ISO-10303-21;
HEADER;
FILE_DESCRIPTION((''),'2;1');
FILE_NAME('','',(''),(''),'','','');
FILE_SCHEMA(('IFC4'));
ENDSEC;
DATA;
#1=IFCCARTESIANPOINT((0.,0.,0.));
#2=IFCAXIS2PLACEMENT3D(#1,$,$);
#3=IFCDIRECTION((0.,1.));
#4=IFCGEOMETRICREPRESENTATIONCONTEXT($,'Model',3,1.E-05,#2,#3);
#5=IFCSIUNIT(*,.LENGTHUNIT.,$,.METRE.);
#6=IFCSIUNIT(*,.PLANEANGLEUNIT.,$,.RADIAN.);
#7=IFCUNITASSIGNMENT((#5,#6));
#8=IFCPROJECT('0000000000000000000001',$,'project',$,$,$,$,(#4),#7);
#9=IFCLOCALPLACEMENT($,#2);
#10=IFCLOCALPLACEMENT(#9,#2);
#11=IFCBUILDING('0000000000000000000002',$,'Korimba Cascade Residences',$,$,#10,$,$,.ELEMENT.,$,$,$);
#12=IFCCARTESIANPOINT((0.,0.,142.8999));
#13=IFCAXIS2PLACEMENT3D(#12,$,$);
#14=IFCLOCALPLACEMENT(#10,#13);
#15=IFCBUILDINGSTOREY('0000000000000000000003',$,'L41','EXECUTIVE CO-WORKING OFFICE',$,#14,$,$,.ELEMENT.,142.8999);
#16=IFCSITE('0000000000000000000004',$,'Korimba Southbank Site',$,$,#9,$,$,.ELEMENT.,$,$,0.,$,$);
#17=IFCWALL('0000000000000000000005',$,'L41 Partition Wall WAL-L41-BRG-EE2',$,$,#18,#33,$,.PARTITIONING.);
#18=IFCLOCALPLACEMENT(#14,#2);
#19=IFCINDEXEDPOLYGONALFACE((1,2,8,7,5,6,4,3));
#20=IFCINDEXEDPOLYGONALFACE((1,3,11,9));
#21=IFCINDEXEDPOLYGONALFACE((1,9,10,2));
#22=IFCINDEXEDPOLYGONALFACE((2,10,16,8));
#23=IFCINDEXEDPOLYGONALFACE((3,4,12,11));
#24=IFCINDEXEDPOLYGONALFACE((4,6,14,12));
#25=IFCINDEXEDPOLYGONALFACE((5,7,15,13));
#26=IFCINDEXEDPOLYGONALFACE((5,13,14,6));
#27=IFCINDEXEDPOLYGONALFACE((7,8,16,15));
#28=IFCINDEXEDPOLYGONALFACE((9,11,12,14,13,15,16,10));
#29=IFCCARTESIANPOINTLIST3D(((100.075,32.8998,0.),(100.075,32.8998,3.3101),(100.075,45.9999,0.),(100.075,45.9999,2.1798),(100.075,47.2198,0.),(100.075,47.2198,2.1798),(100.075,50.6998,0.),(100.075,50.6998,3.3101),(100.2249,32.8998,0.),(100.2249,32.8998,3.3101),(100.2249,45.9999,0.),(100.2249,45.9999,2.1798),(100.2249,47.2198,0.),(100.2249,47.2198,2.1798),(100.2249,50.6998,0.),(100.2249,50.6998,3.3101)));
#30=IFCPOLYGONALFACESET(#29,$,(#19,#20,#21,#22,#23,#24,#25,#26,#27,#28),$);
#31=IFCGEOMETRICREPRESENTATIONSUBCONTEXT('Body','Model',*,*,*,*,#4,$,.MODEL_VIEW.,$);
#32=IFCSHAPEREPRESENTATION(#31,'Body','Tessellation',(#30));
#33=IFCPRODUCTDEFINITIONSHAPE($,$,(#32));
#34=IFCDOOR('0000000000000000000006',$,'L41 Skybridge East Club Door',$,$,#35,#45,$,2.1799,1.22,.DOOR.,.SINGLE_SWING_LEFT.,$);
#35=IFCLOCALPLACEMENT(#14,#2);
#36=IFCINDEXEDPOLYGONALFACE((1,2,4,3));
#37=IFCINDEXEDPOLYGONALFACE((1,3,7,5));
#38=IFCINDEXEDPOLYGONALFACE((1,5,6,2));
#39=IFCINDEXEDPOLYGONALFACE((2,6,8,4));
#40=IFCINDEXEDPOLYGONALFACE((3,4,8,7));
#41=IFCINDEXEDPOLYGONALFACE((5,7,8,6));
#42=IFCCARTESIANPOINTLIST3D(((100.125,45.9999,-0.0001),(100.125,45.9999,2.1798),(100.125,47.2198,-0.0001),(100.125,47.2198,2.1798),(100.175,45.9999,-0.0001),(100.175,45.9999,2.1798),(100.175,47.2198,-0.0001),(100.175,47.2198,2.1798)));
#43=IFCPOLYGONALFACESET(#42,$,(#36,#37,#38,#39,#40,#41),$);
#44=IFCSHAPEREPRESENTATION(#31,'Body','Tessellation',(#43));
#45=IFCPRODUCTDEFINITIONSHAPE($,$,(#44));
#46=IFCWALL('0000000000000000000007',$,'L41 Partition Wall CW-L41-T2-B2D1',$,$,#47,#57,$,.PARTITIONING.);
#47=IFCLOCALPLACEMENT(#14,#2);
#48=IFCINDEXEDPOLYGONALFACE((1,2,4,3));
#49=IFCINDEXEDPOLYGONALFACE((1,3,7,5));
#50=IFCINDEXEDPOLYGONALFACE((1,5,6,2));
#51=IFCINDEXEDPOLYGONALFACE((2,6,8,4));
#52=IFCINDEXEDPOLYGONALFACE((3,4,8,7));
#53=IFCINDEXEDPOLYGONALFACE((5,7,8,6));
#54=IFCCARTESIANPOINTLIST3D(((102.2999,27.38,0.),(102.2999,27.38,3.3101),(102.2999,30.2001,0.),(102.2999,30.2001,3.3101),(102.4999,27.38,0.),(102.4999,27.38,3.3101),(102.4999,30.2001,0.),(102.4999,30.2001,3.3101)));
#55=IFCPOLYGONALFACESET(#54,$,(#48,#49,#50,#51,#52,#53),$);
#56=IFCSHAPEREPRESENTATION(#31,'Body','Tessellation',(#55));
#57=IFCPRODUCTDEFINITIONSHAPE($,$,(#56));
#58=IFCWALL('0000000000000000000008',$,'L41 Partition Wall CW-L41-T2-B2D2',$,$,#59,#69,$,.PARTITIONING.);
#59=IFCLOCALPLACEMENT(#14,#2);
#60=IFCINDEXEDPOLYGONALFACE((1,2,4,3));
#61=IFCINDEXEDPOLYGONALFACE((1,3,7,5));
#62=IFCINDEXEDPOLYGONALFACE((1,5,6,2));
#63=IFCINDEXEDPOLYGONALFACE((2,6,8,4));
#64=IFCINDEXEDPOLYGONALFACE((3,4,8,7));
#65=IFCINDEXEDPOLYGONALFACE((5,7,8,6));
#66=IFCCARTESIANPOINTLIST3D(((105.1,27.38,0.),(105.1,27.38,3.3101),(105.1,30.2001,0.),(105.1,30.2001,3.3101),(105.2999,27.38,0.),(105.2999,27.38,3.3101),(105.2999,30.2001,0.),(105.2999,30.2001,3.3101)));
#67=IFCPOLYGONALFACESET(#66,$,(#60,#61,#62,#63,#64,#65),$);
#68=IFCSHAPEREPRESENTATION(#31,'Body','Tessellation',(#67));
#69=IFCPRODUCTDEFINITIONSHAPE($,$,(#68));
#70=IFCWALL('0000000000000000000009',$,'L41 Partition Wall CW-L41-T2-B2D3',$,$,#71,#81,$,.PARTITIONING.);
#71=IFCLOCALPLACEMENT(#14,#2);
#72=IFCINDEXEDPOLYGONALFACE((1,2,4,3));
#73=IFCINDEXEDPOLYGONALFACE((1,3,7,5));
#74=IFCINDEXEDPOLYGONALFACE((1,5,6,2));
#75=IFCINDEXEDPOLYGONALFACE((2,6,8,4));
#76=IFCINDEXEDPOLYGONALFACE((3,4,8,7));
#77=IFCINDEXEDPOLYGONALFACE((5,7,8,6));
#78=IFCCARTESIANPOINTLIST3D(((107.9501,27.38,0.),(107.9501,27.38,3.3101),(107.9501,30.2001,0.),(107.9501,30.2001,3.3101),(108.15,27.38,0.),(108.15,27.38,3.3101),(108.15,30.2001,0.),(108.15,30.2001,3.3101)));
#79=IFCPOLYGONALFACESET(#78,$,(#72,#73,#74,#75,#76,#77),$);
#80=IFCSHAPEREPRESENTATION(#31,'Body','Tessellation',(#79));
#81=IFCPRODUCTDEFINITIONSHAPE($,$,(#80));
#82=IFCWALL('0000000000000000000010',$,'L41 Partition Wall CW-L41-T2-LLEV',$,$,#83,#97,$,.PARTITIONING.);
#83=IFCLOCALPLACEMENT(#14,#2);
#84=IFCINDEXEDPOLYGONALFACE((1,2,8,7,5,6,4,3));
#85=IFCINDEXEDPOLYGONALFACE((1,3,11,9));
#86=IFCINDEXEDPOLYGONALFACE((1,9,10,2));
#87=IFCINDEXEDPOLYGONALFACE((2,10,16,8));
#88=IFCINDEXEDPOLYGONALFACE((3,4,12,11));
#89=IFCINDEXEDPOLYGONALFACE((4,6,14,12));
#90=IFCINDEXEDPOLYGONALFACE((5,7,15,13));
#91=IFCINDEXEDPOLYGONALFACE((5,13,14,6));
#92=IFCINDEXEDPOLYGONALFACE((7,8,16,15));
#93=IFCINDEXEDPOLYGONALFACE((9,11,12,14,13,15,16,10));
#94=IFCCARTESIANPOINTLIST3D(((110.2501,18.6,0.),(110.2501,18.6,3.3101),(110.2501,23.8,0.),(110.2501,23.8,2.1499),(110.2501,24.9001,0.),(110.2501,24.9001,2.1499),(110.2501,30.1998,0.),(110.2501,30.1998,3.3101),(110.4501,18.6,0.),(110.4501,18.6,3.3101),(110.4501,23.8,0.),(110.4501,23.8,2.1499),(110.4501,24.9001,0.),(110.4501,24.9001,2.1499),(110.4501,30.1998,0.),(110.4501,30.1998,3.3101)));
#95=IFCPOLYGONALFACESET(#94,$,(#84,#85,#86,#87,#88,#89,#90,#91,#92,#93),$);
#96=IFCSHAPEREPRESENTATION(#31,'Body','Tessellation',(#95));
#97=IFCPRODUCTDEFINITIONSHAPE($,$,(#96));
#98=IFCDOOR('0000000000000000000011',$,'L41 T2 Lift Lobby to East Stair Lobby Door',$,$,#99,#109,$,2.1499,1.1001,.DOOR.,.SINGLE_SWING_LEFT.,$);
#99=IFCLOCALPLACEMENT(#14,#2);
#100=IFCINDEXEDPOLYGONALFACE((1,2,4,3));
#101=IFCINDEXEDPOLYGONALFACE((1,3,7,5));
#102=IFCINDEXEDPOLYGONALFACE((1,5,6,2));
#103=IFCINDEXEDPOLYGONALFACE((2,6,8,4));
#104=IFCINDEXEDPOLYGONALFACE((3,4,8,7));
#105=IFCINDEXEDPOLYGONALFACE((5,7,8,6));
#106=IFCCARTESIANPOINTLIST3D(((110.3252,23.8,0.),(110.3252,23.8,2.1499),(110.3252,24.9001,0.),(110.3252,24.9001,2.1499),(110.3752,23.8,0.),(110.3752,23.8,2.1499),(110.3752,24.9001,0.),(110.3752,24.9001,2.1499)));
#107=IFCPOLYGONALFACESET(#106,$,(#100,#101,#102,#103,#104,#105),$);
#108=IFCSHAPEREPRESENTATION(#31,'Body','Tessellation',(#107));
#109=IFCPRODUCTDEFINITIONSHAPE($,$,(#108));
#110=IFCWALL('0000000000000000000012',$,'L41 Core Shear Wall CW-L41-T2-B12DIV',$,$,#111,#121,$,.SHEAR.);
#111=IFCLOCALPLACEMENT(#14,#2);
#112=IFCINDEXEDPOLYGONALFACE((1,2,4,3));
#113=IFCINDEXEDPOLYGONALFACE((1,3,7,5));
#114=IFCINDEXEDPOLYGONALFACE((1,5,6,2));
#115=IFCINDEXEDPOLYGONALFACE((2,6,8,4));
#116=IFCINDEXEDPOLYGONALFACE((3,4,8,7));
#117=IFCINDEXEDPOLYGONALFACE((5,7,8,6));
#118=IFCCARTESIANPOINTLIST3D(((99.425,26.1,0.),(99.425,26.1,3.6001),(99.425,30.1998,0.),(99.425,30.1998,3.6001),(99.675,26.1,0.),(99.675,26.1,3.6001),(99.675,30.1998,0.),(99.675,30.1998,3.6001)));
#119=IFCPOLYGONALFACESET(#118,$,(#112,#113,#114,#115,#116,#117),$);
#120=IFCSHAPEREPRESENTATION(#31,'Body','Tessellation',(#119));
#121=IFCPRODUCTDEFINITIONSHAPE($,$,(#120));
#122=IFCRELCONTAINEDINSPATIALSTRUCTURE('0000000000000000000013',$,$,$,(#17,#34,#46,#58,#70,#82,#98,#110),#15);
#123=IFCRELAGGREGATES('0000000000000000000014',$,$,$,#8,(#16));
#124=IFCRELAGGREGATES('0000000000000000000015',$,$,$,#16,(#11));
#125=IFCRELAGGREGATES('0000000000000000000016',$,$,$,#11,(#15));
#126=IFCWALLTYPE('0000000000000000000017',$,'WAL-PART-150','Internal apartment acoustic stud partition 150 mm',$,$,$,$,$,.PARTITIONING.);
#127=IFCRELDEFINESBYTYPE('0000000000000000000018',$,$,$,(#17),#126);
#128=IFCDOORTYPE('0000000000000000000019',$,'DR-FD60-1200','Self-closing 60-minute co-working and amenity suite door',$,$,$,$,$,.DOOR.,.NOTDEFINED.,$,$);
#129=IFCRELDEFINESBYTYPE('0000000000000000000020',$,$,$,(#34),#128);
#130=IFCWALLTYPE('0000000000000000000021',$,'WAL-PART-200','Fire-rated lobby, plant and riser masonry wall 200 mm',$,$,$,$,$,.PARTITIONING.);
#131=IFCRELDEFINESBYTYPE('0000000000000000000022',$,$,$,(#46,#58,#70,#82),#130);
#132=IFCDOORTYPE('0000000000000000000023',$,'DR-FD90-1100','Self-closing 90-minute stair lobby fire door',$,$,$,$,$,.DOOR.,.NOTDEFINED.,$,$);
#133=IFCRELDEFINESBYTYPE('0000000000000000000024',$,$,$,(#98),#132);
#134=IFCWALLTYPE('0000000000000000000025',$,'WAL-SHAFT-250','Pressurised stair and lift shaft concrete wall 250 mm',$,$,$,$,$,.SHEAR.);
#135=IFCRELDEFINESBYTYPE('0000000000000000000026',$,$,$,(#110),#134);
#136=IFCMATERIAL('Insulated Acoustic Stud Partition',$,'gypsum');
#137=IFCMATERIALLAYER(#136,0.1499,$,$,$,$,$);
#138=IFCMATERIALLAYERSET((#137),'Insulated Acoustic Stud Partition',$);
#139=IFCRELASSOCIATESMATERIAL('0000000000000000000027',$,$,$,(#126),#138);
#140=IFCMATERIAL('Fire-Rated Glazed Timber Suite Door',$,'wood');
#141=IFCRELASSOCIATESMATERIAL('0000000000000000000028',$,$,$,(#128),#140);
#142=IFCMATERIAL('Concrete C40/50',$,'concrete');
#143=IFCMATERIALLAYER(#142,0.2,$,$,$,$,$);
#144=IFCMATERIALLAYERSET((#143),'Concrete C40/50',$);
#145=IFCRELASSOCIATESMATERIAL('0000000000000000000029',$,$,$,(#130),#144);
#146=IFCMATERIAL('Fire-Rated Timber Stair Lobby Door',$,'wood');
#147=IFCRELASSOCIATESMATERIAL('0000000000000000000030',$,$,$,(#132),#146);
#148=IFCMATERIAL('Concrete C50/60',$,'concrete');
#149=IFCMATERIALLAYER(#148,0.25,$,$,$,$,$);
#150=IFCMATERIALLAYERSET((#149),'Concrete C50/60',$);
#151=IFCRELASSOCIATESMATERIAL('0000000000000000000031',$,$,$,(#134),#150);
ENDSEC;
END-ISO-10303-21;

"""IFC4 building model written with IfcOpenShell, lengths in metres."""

from ifc_helpers import new_model, si_unit, direction, frame, frame_2d, origin, place, context, subcontext, project, spatial, rectangle, extrude, material, layer, layer_set, type_object, element, fill, save


model = new_model("IFC4")

# Units and contexts
model_context = context("Model", 3, precision=1e-05, world=origin(), true_north=direction((0.0, 1.0)))
body_context = subcontext(model_context, "Body", "Model", "MODEL_VIEW")
ifc_project = project(units=[si_unit("LENGTHUNIT", "METRE"), si_unit("PLANEANGLEUNIT", "RADIAN")], contexts=[model_context])

# Site, building, storey
site_placement = place(None, origin())
site = spatial("IfcSite", under=ifc_project, at=site_placement, Name="Korimba Southbank Site", CompositionType="ELEMENT", RefElevation=0.0)
building_placement = place(site_placement, origin())
building = spatial("IfcBuilding", under=site, at=building_placement, Name="Korimba Cascade Residences", CompositionType="ELEMENT")
storey_placement = place(building_placement, frame((0.0, 0.0, 142.8999)))
storey = spatial("IfcBuildingStorey", under=building, at=storey_placement, Name="L41", Description="EXECUTIVE CO-WORKING OFFICE", CompositionType="ELEMENT", Elevation=142.8999)

# Shared definitions
ifc_material_1 = material(Name="Insulated Acoustic Stud Partition", Category="gypsum")
ifc_layer_1 = layer(ifc_material_1, 0.1499)
ifc_layer_set_1 = layer_set([ifc_layer_1], Name="Insulated Acoustic Stud Partition")
wall_type_1 = type_object("IfcWallType", Name="WAL-PART-150", Description="Internal apartment acoustic stud partition 150 mm", PredefinedType="PARTITIONING", material=ifc_layer_set_1)

# Wall, opening, door
wall_1_placement = place(storey_placement, frame((100.1499, 32.8999, 0.0), z_axis=(0.0, 0.0, 1.0), x_axis=(0.0, 1.0, 0.0)))
wall_1 = element("IfcWall", 1, at=wall_1_placement, inside=storey, type_object=wall_type_1, Name="L41 Partition Wall WAL-L41-BRG-EE2", PredefinedType="PARTITIONING", context=body_context, shape_type="SweptSolid", body=[
    extrude(rectangle(XDim=17.8, YDim=0.1499, at=frame_2d((8.8999, 0.0))), origin(), (0.0, 0.0, 1.0), 3.3101),
])
opening_1_placement = place(wall_1_placement, frame((13.1001, 0.0, 0.0)))
opening_1 = element("IfcOpeningElement", 2, at=opening_1_placement, cuts=wall_1, PredefinedType="OPENING", context=body_context, shape_type="SweptSolid", body=[
    extrude(rectangle(XDim=1.22, YDim=2.1799, at=frame_2d((0.6099, 1.0898))), frame((0.0, 0.085, 0.0), z_axis=(0.0, -1.0, 0.0), x_axis=(1.0, 0.0, 0.0)), (0.0, 0.0, 1.0), 0.1699),
])
ifc_material_2 = material(Name="Fire-Rated Glazed Timber Suite Door", Category="wood")
door_type_1 = type_object("IfcDoorType", Name="DR-FD60-1200", Description="Self-closing 60-minute co-working and amenity suite door", OperationType="NOTDEFINED", PredefinedType="DOOR", material=ifc_material_2)
door_1_placement = place(opening_1_placement, origin())
door_1 = element("IfcDoor", 3, at=door_1_placement, inside=storey, type_object=door_type_1, Name="L41 Skybridge East Club Door", OperationType="SINGLE_SWING_LEFT", OverallHeight=2.1799, OverallWidth=1.22, PredefinedType="DOOR", context=body_context, shape_type="SweptSolid", body=[
    extrude(rectangle(XDim=1.22, YDim=2.1799, at=frame_2d((0.6099, 1.0898))), frame((0.0, 0.0249, 0.0), z_axis=(0.0, -1.0, 0.0), x_axis=(1.0, 0.0, 0.0)), (0.0, 0.0, 1.0), 0.05),
])
fill(opening_1, door_1)

# Walls
ifc_material_3 = material(Name="Concrete C40/50", Category="concrete")
ifc_layer_2 = layer(ifc_material_3, 0.2)
ifc_layer_set_2 = layer_set([ifc_layer_2], Name="Concrete C40/50")
wall_type_2 = type_object("IfcWallType", Name="WAL-PART-200", Description="Fire-rated lobby, plant and riser masonry wall 200 mm", PredefinedType="PARTITIONING", material=ifc_layer_set_2)
for number, where, z_axis, x_axis, name in (
    (4, (102.3999, 27.3799, 0.0), (0.0, 0.0, 1.0), (0.0, 1.0, 0.0), "L41 Partition Wall CW-L41-T2-B2D1"),
    (5, (105.2, 27.3799, 0.0), (0.0, 0.0, 1.0), (0.0, 1.0, 0.0), "L41 Partition Wall CW-L41-T2-B2D2"),
    (6, (108.05, 27.3799, 0.0), (0.0, 0.0, 1.0), (0.0, 1.0, 0.0), "L41 Partition Wall CW-L41-T2-B2D3"),
):
    element("IfcWall", number, at=place(storey_placement, frame(where, z_axis=z_axis, x_axis=x_axis)), inside=storey, type_object=wall_type_2, Name=name, PredefinedType="PARTITIONING", context=body_context, shape_type="SweptSolid", body=[
        extrude(rectangle(XDim=2.8201, YDim=0.2, at=frame_2d((1.4102, 0.0))), origin(), (0.0, 0.0, 1.0), 3.3101),
    ])

# Wall, opening, door
wall_2_placement = place(storey_placement, frame((110.3501, 18.6001, 0.0), z_axis=(0.0, 0.0, 1.0), x_axis=(0.0, 1.0, 0.0)))
wall_2 = element("IfcWall", 7, at=wall_2_placement, inside=storey, type_object=wall_type_2, Name="L41 Partition Wall CW-L41-T2-LLEV", PredefinedType="PARTITIONING", context=body_context, shape_type="SweptSolid", body=[
    extrude(rectangle(XDim=11.5999, YDim=0.2, at=frame_2d((5.7998, 0.0))), origin(), (0.0, 0.0, 1.0), 3.3101),
])
opening_2_placement = place(wall_2_placement, frame((5.2, 0.0, 0.0)))
opening_2 = element("IfcOpeningElement", 8, at=opening_2_placement, cuts=wall_2, PredefinedType="OPENING", context=body_context, shape_type="SweptSolid", body=[
    extrude(rectangle(XDim=1.1001, YDim=2.1499, at=frame_2d((0.55, 1.075))), frame((0.0, 0.1099, 0.0), z_axis=(0.0, -1.0, 0.0), x_axis=(1.0, 0.0, 0.0)), (0.0, 0.0, 1.0), 0.22),
])
ifc_material_4 = material(Name="Fire-Rated Timber Stair Lobby Door", Category="wood")
door_type_2 = type_object("IfcDoorType", Name="DR-FD90-1100", Description="Self-closing 90-minute stair lobby fire door", OperationType="NOTDEFINED", PredefinedType="DOOR", material=ifc_material_4)
door_2_placement = place(opening_2_placement, origin())
door_2 = element("IfcDoor", 9, at=door_2_placement, inside=storey, type_object=door_type_2, Name="L41 T2 Lift Lobby to East Stair Lobby Door", OperationType="SINGLE_SWING_LEFT", OverallHeight=2.1499, OverallWidth=1.1001, PredefinedType="DOOR", context=body_context, shape_type="SweptSolid", body=[
    extrude(rectangle(XDim=1.1001, YDim=2.1499, at=frame_2d((0.55, 1.075))), frame((0.0, 0.0249, 0.0), z_axis=(0.0, -1.0, 0.0), x_axis=(1.0, 0.0, 0.0)), (0.0, 0.0, 1.0), 0.05),
])
fill(opening_2, door_2)

# Wall
ifc_material_5 = material(Name="Concrete C50/60", Category="concrete")
ifc_layer_3 = layer(ifc_material_5, 0.25)
ifc_layer_set_3 = layer_set([ifc_layer_3], Name="Concrete C50/60")
wall_type_3 = type_object("IfcWallType", Name="WAL-SHAFT-250", Description="Pressurised stair and lift shaft concrete wall 250 mm", PredefinedType="SHEAR", material=ifc_layer_set_3)
wall_3_placement = place(storey_placement, frame((99.55, 26.1001, 0.0), z_axis=(0.0, 0.0, 1.0), x_axis=(0.0, 1.0, 0.0)))
element("IfcWall", 10, at=wall_3_placement, inside=storey, type_object=wall_type_3, Name="L41 Core Shear Wall CW-L41-T2-B12DIV", PredefinedType="SHEAR", context=body_context, shape_type="SweptSolid", body=[
    extrude(rectangle(XDim=4.0999, YDim=0.25, at=frame_2d((2.0498, 0.0))), origin(), (0.0, 0.0, 1.0), 3.6001),
])

save(model, "model.ifc")
